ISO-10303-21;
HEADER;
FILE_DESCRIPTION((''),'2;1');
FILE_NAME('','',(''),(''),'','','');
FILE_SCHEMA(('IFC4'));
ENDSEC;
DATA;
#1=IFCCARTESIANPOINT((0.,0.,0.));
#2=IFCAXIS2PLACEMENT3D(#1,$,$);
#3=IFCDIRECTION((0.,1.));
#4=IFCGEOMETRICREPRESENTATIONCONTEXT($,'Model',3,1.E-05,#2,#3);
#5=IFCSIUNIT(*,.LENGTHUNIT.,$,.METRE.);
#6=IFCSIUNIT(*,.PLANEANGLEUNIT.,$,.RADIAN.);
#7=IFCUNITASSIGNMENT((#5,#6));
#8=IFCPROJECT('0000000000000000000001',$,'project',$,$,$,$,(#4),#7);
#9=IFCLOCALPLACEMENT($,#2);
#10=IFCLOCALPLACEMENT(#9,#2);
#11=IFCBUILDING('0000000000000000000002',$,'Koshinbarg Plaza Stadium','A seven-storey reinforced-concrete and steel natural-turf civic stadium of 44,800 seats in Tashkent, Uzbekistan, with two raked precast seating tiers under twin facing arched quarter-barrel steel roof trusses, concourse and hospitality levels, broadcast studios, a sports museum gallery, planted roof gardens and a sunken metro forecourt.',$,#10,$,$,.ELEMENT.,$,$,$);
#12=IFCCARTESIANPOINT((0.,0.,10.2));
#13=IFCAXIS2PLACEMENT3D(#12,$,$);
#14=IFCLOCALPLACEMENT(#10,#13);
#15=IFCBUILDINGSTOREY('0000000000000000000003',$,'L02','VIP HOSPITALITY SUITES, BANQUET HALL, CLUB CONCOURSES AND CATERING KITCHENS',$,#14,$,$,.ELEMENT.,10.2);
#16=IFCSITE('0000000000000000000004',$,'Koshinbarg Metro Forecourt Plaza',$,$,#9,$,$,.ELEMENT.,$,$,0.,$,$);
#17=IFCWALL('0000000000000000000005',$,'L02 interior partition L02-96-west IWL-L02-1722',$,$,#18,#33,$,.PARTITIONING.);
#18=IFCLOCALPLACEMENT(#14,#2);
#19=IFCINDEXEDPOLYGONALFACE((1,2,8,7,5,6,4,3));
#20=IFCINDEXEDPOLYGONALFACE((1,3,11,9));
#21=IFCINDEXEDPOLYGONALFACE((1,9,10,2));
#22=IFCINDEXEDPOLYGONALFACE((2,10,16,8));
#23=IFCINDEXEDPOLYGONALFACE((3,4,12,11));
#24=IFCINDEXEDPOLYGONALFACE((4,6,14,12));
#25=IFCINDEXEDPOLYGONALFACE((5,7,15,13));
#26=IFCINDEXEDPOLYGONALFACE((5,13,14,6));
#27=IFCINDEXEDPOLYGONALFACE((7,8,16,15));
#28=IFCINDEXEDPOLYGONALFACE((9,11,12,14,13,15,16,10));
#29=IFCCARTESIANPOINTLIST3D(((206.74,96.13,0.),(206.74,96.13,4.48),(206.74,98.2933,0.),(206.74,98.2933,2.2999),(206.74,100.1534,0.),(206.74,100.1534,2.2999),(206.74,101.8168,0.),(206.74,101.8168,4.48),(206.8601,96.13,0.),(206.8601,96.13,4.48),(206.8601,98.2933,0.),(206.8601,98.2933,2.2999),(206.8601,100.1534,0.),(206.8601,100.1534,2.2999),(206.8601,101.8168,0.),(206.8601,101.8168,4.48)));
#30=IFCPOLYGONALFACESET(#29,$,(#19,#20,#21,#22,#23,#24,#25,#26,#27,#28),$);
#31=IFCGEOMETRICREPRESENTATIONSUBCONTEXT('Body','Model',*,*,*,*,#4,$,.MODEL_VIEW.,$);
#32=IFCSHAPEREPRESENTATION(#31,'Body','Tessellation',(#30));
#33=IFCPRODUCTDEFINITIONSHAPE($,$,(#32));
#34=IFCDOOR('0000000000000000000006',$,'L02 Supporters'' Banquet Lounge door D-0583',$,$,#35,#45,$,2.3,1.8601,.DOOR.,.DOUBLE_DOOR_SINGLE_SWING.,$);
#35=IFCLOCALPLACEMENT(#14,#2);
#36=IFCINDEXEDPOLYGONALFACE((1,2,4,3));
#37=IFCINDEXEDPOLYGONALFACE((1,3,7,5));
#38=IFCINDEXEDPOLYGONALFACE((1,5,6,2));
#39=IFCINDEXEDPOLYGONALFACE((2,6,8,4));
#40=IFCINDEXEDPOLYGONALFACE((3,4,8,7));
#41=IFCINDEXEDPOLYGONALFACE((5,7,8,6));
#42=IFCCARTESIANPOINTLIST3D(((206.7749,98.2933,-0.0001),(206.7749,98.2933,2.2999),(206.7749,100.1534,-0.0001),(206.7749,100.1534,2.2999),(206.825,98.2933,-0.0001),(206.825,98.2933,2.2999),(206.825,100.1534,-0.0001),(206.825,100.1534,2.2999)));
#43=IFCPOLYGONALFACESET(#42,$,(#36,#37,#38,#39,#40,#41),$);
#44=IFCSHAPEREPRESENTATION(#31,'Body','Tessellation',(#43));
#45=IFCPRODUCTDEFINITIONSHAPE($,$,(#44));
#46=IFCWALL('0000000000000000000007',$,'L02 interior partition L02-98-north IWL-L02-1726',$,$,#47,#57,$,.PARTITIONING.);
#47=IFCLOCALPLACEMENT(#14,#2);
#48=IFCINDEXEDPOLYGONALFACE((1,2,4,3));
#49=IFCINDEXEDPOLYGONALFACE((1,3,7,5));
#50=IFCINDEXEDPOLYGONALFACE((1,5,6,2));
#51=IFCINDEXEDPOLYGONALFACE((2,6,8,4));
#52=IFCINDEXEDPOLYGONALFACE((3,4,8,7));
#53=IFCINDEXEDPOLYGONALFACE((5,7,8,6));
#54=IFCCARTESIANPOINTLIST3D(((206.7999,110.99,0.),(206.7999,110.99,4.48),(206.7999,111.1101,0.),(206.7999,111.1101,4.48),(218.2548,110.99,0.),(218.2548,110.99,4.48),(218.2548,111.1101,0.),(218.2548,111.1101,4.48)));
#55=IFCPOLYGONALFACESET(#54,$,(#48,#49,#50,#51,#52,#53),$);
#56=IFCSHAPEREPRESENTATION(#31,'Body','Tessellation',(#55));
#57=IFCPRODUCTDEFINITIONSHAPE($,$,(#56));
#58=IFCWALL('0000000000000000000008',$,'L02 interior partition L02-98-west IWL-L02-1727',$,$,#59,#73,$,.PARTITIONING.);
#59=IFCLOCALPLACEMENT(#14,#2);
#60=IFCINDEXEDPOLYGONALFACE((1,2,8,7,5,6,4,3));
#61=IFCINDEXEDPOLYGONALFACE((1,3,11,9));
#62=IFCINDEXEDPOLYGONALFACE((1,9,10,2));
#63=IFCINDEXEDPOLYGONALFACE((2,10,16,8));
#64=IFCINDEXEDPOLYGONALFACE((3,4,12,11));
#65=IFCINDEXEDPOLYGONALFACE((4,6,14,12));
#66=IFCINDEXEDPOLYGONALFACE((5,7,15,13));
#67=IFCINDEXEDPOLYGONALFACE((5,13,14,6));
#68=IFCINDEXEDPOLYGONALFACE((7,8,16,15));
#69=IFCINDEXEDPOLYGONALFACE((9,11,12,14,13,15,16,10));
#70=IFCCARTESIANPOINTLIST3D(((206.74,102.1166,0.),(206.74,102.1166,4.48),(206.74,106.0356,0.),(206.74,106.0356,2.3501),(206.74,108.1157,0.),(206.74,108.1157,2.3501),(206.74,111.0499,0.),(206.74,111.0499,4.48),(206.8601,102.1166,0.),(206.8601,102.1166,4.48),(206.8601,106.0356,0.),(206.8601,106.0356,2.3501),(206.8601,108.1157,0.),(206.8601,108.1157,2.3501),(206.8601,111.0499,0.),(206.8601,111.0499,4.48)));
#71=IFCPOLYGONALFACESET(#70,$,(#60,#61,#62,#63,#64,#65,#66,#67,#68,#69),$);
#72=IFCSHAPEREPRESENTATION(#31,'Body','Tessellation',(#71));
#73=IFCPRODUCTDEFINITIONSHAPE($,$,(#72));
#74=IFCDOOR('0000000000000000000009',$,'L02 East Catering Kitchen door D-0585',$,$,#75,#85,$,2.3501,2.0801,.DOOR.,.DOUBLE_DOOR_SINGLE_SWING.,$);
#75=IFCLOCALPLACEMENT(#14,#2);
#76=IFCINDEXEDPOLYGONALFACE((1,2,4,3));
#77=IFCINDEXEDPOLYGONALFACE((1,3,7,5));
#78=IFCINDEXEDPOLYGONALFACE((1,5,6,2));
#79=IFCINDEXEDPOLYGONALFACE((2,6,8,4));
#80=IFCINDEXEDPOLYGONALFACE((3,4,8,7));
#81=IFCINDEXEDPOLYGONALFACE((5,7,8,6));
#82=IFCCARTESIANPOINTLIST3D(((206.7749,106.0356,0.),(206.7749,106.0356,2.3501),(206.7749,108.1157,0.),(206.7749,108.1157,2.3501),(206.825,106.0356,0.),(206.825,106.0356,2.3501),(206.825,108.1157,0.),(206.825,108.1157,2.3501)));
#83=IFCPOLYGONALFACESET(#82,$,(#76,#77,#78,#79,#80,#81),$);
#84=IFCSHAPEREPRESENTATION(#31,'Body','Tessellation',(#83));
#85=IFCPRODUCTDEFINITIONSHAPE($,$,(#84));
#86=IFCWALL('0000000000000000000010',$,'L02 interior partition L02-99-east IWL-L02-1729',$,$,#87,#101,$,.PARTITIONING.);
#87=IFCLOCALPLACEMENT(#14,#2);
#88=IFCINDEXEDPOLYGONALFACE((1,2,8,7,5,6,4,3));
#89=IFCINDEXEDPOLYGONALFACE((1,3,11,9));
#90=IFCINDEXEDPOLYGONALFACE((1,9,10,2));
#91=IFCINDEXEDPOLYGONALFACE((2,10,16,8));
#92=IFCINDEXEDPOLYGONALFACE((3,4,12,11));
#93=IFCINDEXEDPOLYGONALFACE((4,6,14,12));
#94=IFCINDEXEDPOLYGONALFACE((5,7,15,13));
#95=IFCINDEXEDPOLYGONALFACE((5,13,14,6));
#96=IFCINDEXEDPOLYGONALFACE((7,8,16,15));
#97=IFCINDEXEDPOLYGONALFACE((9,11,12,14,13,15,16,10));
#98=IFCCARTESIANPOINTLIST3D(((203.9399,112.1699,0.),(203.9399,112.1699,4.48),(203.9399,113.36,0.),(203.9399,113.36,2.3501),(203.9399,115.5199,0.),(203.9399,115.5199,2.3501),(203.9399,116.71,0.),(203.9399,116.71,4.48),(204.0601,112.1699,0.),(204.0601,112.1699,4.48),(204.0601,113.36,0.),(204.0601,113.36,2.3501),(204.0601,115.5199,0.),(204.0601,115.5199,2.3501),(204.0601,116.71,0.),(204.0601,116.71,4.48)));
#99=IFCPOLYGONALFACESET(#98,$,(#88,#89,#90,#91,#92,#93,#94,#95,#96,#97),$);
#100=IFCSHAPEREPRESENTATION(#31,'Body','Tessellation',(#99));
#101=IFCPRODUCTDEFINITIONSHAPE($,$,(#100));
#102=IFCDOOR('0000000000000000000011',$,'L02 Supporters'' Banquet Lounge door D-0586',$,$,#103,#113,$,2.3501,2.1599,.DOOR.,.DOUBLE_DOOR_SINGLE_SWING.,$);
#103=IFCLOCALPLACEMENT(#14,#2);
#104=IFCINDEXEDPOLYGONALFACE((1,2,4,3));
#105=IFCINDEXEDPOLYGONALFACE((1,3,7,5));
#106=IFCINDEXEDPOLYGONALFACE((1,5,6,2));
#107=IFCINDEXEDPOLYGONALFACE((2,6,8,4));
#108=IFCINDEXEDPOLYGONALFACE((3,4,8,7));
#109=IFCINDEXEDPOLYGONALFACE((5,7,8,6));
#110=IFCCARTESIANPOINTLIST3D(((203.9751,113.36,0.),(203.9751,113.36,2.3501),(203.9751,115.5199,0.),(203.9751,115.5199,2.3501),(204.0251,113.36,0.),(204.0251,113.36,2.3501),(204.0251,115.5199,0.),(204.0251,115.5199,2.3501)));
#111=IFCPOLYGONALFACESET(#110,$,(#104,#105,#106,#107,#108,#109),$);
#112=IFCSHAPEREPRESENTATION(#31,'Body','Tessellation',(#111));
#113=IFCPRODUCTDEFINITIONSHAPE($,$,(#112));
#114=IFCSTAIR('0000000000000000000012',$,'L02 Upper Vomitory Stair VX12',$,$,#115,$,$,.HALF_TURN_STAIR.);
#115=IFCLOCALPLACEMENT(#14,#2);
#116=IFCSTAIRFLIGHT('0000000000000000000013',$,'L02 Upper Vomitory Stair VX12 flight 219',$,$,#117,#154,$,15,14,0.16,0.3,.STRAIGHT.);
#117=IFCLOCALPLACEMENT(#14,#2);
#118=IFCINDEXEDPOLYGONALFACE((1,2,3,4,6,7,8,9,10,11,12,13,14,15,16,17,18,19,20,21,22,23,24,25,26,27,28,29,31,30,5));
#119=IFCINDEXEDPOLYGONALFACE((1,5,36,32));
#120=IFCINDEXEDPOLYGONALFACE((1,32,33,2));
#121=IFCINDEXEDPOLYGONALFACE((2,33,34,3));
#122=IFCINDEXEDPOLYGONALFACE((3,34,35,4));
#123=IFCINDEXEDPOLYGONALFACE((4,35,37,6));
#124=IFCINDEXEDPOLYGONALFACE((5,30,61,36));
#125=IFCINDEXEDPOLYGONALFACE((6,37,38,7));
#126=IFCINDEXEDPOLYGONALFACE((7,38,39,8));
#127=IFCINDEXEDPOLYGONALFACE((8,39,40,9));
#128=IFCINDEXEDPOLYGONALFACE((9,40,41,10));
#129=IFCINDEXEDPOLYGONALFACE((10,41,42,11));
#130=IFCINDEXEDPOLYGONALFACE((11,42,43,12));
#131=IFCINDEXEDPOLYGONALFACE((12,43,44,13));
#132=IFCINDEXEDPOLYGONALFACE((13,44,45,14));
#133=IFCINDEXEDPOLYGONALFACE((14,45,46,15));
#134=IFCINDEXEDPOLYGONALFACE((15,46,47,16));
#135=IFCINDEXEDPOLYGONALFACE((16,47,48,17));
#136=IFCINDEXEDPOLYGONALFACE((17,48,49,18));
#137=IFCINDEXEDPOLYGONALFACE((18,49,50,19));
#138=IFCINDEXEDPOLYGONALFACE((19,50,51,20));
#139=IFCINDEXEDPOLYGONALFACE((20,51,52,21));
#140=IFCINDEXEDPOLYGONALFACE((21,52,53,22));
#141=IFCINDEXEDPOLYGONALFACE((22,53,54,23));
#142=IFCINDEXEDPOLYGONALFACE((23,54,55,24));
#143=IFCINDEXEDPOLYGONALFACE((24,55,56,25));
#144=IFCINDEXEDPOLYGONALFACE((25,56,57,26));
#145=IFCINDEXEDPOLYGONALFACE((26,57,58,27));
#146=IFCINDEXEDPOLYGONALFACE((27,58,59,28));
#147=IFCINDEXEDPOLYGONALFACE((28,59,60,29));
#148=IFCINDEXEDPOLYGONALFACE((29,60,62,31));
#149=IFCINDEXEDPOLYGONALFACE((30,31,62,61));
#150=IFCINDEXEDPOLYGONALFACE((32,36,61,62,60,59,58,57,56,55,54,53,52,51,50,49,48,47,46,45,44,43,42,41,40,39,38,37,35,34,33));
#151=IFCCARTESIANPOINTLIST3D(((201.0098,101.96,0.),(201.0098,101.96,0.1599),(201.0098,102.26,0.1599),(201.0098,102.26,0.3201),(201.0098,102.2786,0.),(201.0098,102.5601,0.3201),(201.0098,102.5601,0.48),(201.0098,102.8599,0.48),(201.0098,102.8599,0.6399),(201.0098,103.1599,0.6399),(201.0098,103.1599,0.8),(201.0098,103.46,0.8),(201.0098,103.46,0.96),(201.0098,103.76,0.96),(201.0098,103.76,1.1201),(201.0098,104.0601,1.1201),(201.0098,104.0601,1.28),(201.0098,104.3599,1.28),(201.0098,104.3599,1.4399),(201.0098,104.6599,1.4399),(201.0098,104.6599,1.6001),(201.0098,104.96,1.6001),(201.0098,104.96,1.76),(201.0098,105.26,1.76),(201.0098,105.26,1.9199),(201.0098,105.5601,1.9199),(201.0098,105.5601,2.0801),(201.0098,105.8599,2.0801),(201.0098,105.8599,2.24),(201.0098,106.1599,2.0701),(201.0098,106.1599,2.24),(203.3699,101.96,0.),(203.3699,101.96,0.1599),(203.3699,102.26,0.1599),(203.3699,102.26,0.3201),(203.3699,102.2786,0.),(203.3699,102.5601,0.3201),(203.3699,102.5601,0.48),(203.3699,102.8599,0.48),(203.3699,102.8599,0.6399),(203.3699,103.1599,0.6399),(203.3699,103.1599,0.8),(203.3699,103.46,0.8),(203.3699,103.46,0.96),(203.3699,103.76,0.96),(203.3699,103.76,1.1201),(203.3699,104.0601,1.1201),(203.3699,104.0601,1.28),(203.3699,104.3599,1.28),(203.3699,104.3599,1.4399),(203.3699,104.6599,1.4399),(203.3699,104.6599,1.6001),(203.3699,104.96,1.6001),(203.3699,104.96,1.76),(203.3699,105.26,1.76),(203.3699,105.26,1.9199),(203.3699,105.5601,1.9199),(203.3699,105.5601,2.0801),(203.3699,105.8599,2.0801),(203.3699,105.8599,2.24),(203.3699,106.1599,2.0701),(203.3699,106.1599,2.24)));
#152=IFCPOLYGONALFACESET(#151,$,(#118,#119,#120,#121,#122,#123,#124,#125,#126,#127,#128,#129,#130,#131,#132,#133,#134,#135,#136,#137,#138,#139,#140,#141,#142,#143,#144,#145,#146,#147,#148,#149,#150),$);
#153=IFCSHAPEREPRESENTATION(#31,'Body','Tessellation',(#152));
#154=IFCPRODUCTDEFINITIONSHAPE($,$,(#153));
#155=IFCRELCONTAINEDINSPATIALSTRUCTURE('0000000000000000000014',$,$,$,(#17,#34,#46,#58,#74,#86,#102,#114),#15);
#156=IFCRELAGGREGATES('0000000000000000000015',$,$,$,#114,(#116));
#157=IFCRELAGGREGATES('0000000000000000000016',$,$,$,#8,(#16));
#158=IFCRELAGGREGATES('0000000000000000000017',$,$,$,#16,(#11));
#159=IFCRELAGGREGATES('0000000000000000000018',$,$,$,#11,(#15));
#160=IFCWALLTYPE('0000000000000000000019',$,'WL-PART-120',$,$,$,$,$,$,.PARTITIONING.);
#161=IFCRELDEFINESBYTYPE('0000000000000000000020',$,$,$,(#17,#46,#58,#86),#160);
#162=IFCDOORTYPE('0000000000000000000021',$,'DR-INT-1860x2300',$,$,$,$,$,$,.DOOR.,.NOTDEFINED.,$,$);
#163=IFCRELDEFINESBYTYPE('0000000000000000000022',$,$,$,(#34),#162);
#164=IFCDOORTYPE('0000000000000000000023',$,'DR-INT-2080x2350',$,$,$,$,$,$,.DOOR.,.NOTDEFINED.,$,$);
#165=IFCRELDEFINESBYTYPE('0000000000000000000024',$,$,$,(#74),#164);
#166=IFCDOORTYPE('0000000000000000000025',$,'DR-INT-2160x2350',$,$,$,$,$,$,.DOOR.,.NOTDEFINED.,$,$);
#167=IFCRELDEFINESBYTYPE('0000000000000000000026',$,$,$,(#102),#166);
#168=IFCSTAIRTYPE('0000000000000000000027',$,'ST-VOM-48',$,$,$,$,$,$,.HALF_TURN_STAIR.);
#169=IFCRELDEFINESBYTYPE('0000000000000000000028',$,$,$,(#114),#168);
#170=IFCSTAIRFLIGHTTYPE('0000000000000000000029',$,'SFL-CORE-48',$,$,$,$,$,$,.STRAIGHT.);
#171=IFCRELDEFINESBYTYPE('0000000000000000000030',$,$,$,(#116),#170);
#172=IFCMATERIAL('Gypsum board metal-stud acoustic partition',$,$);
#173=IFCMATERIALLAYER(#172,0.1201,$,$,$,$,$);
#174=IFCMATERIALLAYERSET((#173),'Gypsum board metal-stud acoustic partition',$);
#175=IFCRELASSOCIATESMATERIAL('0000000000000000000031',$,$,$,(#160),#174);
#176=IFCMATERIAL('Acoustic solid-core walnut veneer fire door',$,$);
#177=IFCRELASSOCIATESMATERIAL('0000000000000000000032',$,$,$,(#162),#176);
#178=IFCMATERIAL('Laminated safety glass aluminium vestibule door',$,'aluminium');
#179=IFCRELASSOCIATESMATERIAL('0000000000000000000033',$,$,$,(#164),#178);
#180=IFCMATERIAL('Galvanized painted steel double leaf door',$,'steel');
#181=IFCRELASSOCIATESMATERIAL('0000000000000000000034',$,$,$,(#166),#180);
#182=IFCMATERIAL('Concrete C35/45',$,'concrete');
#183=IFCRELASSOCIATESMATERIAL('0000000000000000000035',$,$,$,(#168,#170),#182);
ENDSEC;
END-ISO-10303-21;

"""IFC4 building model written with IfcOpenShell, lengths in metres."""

from ifc_helpers import new_model, si_unit, direction, frame, frame_2d, origin, place, context, subcontext, project, spatial, polyline, rectangle, outline, extrude, material, layer, layer_set, type_object, element, fill, aggregate, save


model = new_model("IFC4")

# Units and contexts
model_context = context("Model", 3, precision=1e-05, world=origin(), true_north=direction((0.0, 1.0)))
body_context = subcontext(model_context, "Body", "Model", "MODEL_VIEW")
ifc_project = project(units=[si_unit("LENGTHUNIT", "METRE"), si_unit("PLANEANGLEUNIT", "RADIAN")], contexts=[model_context])

# Site, building, storey
site_placement = place(None, origin())
site = spatial("IfcSite", under=ifc_project, at=site_placement, Name="Koshinbarg Metro Forecourt Plaza", CompositionType="ELEMENT", RefElevation=0.0)
building_placement = place(site_placement, origin())
building = spatial("IfcBuilding", under=site, at=building_placement, Name="Koshinbarg Plaza Stadium", Description="A seven-storey reinforced-concrete and steel natural-turf civic stadium of 44,800 seats in Tashkent, Uzbekistan, with two raked precast seating tiers under twin facing arched quarter-barrel steel roof trusses, concourse and hospitality levels, broadcast studios, a sports museum gallery, planted roof gardens and a sunken metro forecourt.", CompositionType="ELEMENT")
storey_placement = place(building_placement, frame((0.0, 0.0, 10.2)))
storey = spatial("IfcBuildingStorey", under=building, at=storey_placement, Name="L02", Description="VIP HOSPITALITY SUITES, BANQUET HALL, CLUB CONCOURSES AND CATERING KITCHENS", CompositionType="ELEMENT", Elevation=10.2)

# Shared definitions
ifc_material_1 = material(Name="Gypsum board metal-stud acoustic partition")
ifc_layer_1 = layer(ifc_material_1, 0.1201)
ifc_layer_set_1 = layer_set([ifc_layer_1], Name="Gypsum board metal-stud acoustic partition")
wall_type_1 = type_object("IfcWallType", Name="WL-PART-120", PredefinedType="PARTITIONING", material=ifc_layer_set_1)

# Wall, opening, door
wall_1_placement = place(storey_placement, frame((206.8, 101.8167, 0.0), z_axis=(0.0, 0.0, 1.0), x_axis=(0.0, -1.0, 0.0)))
wall_1 = element("IfcWall", 1, at=wall_1_placement, inside=storey, type_object=wall_type_1, Name="L02 interior partition L02-96-west IWL-L02-1722", PredefinedType="PARTITIONING", context=body_context, shape_type="SweptSolid", body=[
    extrude(rectangle(XDim=5.6868, YDim=0.1201, at=frame_2d((2.8433, 0.0))), origin(), (0.0, 0.0, 1.0), 4.48),
])
opening_1_placement = place(wall_1_placement, frame((1.6631, 0.0, 0.0)))
opening_1 = element("IfcOpeningElement", 2, at=opening_1_placement, cuts=wall_1, PredefinedType="OPENING", context=body_context, shape_type="SweptSolid", body=[
    extrude(rectangle(XDim=1.8601, YDim=2.3, at=frame_2d((0.9302, 1.1499))), frame((0.0, 0.0701, 0.0), z_axis=(0.0, -1.0, 0.0), x_axis=(1.0, 0.0, 0.0)), (0.0, 0.0, 1.0), 0.1401),
])
ifc_material_2 = material(Name="Acoustic solid-core walnut veneer fire door")
door_type_1 = type_object("IfcDoorType", Name="DR-INT-1860x2300", OperationType="NOTDEFINED", PredefinedType="DOOR", material=ifc_material_2)
door_1_placement = place(opening_1_placement, origin())
door_1 = element("IfcDoor", 3, at=door_1_placement, inside=storey, type_object=door_type_1, Name="L02 Supporters' Banquet Lounge door D-0583", OperationType="DOUBLE_DOOR_SINGLE_SWING", OverallHeight=2.3, OverallWidth=1.8601, PredefinedType="DOOR", context=body_context, shape_type="SweptSolid", body=[
    extrude(rectangle(XDim=1.8601, YDim=2.3, at=frame_2d((0.9302, 1.1499))), frame((0.0, 0.0249, 0.0), z_axis=(0.0, -1.0, 0.0), x_axis=(1.0, 0.0, 0.0)), (0.0, 0.0, 1.0), 0.05),
])
fill(opening_1, door_1)

# Wall
wall_2_placement = place(storey_placement, frame((218.2549, 111.05, 0.0), z_axis=(0.0, 0.0, 1.0), x_axis=(-1.0, 0.0, 0.0)))
element("IfcWall", 4, at=wall_2_placement, inside=storey, type_object=wall_type_1, Name="L02 interior partition L02-98-north IWL-L02-1726", PredefinedType="PARTITIONING", context=body_context, shape_type="SweptSolid", body=[
    extrude(rectangle(XDim=11.4548, YDim=0.1201, at=frame_2d((5.7275, 0.0))), origin(), (0.0, 0.0, 1.0), 4.48),
])

# Walls, openings, doors
wall_3_placement = place(storey_placement, frame((206.8, 111.05, 0.0), z_axis=(0.0, 0.0, 1.0), x_axis=(0.0, -1.0, 0.0)))
wall_3 = element("IfcWall", 5, at=wall_3_placement, inside=storey, type_object=wall_type_1, Name="L02 interior partition L02-98-west IWL-L02-1727", PredefinedType="PARTITIONING", context=body_context, shape_type="SweptSolid", body=[
    extrude(rectangle(XDim=8.9333, YDim=0.1201, at=frame_2d((4.4668, 0.0))), origin(), (0.0, 0.0, 1.0), 4.48),
])
opening_2_placement = place(wall_3_placement, frame((2.9343, 0.0, 0.0)))
opening_2 = element("IfcOpeningElement", 6, at=opening_2_placement, cuts=wall_3, PredefinedType="OPENING", context=body_context, shape_type="SweptSolid", body=[
    extrude(rectangle(XDim=2.0801, YDim=2.3501, at=frame_2d((1.04, 1.175))), frame((0.0, 0.0701, 0.0), z_axis=(0.0, -1.0, 0.0), x_axis=(1.0, 0.0, 0.0)), (0.0, 0.0, 1.0), 0.1401),
])
ifc_material_3 = material(Name="Laminated safety glass aluminium vestibule door", Category="aluminium")
door_type_2 = type_object("IfcDoorType", Name="DR-INT-2080x2350", OperationType="NOTDEFINED", PredefinedType="DOOR", material=ifc_material_3)
door_2_placement = place(opening_2_placement, origin())
door_2 = element("IfcDoor", 7, at=door_2_placement, inside=storey, type_object=door_type_2, Name="L02 East Catering Kitchen door D-0585", OperationType="DOUBLE_DOOR_SINGLE_SWING", OverallHeight=2.3501, OverallWidth=2.0801, PredefinedType="DOOR", context=body_context, shape_type="SweptSolid", body=[
    extrude(rectangle(XDim=2.0801, YDim=2.3501, at=frame_2d((1.04, 1.175))), frame((0.0, 0.0249, 0.0), z_axis=(0.0, -1.0, 0.0), x_axis=(1.0, 0.0, 0.0)), (0.0, 0.0, 1.0), 0.05),
])
fill(opening_2, door_2)
wall_4_placement = place(storey_placement, frame((204.0, 112.1699, 0.0), z_axis=(0.0, 0.0, 1.0), x_axis=(0.0, 1.0, 0.0)))
wall_4 = element("IfcWall", 8, at=wall_4_placement, inside=storey, type_object=wall_type_1, Name="L02 interior partition L02-99-east IWL-L02-1729", PredefinedType="PARTITIONING", context=body_context, shape_type="SweptSolid", body=[
    extrude(rectangle(XDim=4.54, YDim=0.1201, at=frame_2d((2.27, 0.0))), origin(), (0.0, 0.0, 1.0), 4.48),
])
opening_3_placement = place(wall_4_placement, frame((1.1899, 0.0, 0.0)))
opening_3 = element("IfcOpeningElement", 9, at=opening_3_placement, cuts=wall_4, PredefinedType="OPENING", context=body_context, shape_type="SweptSolid", body=[
    extrude(rectangle(XDim=2.1599, YDim=2.3501, at=frame_2d((1.0801, 1.175))), frame((0.0, 0.0701, 0.0), z_axis=(0.0, -1.0, 0.0), x_axis=(1.0, 0.0, 0.0)), (0.0, 0.0, 1.0), 0.1401),
])
ifc_material_4 = material(Name="Galvanized painted steel double leaf door", Category="steel")
door_type_3 = type_object("IfcDoorType", Name="DR-INT-2160x2350", OperationType="NOTDEFINED", PredefinedType="DOOR", material=ifc_material_4)
door_3_placement = place(opening_3_placement, origin())
door_3 = element("IfcDoor", 10, at=door_3_placement, inside=storey, type_object=door_type_3, Name="L02 Supporters' Banquet Lounge door D-0586", OperationType="DOUBLE_DOOR_SINGLE_SWING", OverallHeight=2.3501, OverallWidth=2.1599, PredefinedType="DOOR", context=body_context, shape_type="SweptSolid", body=[
    extrude(rectangle(XDim=2.1599, YDim=2.3501, at=frame_2d((1.0801, 1.175))), frame((0.0, 0.0249, 0.0), z_axis=(0.0, -1.0, 0.0), x_axis=(1.0, 0.0, 0.0)), (0.0, 0.0, 1.0), 0.05),
])
fill(opening_3, door_3)

# Stair, stair flight
ifc_material_5 = material(Name="Concrete C35/45", Category="concrete")
stair_type = type_object("IfcStairType", Name="ST-VOM-48", PredefinedType="HALF_TURN_STAIR", material=ifc_material_5)
stair_placement = place(storey_placement, origin())
stair = element("IfcStair", 11, at=stair_placement, inside=storey, type_object=stair_type, Name="L02 Upper Vomitory Stair VX12", PredefinedType="HALF_TURN_STAIR")
stair_flight_type = type_object("IfcStairFlightType", Name="SFL-CORE-48", PredefinedType="STRAIGHT", material=ifc_material_5)
stair_flight_placement = place(storey_placement, frame((202.1899, 101.96, 0.0), z_axis=(0.0, 0.0, 1.0), x_axis=(0.0, 1.0, 0.0)))
stair_flight = element("IfcStairFlight", 12, at=stair_flight_placement, type_object=stair_flight_type, Name="L02 Upper Vomitory Stair VX12 flight 219", NumberOfRisers=15, NumberOfTreads=14, PredefinedType="STRAIGHT", RiserHeight=0.16, TreadLength=0.3, context=body_context, shape_type="SweptSolid", body=[
    extrude(outline(polyline([(0.0, 0.0), (0.0, 0.1599), (0.3, 0.1599), (0.3, 0.3201), (0.6001, 0.3201), (0.6001, 0.48), (0.8999, 0.48), (0.8999, 0.6399), (1.2, 0.6399), (1.2, 0.8), (1.5, 0.8), (1.5, 0.96), (1.8, 0.96), (1.8, 1.1201), (2.1001, 1.1201), (2.1001, 1.28), (2.3999, 1.28), (2.3999, 1.4399), (2.7, 1.4399), (2.7, 1.6001), (3.0, 1.6001), (3.0, 1.76), (3.3, 1.76), (3.3, 1.9199), (3.6001, 1.9199), (3.6001, 2.0801), (3.8999, 2.0801), (3.8999, 2.24), (4.2, 2.24), (4.2, 2.3999), (4.2, 2.0701), (0.3186, 0.0), (0.0, 0.0)])), frame((0.0, 1.1802, 0.0), z_axis=(0.0, -1.0, 0.0), x_axis=(1.0, 0.0, 0.0)), (0.0, 0.0, 1.0), 2.3601),
])
aggregate(stair, [stair_flight])

save(model, "model.ifc")
